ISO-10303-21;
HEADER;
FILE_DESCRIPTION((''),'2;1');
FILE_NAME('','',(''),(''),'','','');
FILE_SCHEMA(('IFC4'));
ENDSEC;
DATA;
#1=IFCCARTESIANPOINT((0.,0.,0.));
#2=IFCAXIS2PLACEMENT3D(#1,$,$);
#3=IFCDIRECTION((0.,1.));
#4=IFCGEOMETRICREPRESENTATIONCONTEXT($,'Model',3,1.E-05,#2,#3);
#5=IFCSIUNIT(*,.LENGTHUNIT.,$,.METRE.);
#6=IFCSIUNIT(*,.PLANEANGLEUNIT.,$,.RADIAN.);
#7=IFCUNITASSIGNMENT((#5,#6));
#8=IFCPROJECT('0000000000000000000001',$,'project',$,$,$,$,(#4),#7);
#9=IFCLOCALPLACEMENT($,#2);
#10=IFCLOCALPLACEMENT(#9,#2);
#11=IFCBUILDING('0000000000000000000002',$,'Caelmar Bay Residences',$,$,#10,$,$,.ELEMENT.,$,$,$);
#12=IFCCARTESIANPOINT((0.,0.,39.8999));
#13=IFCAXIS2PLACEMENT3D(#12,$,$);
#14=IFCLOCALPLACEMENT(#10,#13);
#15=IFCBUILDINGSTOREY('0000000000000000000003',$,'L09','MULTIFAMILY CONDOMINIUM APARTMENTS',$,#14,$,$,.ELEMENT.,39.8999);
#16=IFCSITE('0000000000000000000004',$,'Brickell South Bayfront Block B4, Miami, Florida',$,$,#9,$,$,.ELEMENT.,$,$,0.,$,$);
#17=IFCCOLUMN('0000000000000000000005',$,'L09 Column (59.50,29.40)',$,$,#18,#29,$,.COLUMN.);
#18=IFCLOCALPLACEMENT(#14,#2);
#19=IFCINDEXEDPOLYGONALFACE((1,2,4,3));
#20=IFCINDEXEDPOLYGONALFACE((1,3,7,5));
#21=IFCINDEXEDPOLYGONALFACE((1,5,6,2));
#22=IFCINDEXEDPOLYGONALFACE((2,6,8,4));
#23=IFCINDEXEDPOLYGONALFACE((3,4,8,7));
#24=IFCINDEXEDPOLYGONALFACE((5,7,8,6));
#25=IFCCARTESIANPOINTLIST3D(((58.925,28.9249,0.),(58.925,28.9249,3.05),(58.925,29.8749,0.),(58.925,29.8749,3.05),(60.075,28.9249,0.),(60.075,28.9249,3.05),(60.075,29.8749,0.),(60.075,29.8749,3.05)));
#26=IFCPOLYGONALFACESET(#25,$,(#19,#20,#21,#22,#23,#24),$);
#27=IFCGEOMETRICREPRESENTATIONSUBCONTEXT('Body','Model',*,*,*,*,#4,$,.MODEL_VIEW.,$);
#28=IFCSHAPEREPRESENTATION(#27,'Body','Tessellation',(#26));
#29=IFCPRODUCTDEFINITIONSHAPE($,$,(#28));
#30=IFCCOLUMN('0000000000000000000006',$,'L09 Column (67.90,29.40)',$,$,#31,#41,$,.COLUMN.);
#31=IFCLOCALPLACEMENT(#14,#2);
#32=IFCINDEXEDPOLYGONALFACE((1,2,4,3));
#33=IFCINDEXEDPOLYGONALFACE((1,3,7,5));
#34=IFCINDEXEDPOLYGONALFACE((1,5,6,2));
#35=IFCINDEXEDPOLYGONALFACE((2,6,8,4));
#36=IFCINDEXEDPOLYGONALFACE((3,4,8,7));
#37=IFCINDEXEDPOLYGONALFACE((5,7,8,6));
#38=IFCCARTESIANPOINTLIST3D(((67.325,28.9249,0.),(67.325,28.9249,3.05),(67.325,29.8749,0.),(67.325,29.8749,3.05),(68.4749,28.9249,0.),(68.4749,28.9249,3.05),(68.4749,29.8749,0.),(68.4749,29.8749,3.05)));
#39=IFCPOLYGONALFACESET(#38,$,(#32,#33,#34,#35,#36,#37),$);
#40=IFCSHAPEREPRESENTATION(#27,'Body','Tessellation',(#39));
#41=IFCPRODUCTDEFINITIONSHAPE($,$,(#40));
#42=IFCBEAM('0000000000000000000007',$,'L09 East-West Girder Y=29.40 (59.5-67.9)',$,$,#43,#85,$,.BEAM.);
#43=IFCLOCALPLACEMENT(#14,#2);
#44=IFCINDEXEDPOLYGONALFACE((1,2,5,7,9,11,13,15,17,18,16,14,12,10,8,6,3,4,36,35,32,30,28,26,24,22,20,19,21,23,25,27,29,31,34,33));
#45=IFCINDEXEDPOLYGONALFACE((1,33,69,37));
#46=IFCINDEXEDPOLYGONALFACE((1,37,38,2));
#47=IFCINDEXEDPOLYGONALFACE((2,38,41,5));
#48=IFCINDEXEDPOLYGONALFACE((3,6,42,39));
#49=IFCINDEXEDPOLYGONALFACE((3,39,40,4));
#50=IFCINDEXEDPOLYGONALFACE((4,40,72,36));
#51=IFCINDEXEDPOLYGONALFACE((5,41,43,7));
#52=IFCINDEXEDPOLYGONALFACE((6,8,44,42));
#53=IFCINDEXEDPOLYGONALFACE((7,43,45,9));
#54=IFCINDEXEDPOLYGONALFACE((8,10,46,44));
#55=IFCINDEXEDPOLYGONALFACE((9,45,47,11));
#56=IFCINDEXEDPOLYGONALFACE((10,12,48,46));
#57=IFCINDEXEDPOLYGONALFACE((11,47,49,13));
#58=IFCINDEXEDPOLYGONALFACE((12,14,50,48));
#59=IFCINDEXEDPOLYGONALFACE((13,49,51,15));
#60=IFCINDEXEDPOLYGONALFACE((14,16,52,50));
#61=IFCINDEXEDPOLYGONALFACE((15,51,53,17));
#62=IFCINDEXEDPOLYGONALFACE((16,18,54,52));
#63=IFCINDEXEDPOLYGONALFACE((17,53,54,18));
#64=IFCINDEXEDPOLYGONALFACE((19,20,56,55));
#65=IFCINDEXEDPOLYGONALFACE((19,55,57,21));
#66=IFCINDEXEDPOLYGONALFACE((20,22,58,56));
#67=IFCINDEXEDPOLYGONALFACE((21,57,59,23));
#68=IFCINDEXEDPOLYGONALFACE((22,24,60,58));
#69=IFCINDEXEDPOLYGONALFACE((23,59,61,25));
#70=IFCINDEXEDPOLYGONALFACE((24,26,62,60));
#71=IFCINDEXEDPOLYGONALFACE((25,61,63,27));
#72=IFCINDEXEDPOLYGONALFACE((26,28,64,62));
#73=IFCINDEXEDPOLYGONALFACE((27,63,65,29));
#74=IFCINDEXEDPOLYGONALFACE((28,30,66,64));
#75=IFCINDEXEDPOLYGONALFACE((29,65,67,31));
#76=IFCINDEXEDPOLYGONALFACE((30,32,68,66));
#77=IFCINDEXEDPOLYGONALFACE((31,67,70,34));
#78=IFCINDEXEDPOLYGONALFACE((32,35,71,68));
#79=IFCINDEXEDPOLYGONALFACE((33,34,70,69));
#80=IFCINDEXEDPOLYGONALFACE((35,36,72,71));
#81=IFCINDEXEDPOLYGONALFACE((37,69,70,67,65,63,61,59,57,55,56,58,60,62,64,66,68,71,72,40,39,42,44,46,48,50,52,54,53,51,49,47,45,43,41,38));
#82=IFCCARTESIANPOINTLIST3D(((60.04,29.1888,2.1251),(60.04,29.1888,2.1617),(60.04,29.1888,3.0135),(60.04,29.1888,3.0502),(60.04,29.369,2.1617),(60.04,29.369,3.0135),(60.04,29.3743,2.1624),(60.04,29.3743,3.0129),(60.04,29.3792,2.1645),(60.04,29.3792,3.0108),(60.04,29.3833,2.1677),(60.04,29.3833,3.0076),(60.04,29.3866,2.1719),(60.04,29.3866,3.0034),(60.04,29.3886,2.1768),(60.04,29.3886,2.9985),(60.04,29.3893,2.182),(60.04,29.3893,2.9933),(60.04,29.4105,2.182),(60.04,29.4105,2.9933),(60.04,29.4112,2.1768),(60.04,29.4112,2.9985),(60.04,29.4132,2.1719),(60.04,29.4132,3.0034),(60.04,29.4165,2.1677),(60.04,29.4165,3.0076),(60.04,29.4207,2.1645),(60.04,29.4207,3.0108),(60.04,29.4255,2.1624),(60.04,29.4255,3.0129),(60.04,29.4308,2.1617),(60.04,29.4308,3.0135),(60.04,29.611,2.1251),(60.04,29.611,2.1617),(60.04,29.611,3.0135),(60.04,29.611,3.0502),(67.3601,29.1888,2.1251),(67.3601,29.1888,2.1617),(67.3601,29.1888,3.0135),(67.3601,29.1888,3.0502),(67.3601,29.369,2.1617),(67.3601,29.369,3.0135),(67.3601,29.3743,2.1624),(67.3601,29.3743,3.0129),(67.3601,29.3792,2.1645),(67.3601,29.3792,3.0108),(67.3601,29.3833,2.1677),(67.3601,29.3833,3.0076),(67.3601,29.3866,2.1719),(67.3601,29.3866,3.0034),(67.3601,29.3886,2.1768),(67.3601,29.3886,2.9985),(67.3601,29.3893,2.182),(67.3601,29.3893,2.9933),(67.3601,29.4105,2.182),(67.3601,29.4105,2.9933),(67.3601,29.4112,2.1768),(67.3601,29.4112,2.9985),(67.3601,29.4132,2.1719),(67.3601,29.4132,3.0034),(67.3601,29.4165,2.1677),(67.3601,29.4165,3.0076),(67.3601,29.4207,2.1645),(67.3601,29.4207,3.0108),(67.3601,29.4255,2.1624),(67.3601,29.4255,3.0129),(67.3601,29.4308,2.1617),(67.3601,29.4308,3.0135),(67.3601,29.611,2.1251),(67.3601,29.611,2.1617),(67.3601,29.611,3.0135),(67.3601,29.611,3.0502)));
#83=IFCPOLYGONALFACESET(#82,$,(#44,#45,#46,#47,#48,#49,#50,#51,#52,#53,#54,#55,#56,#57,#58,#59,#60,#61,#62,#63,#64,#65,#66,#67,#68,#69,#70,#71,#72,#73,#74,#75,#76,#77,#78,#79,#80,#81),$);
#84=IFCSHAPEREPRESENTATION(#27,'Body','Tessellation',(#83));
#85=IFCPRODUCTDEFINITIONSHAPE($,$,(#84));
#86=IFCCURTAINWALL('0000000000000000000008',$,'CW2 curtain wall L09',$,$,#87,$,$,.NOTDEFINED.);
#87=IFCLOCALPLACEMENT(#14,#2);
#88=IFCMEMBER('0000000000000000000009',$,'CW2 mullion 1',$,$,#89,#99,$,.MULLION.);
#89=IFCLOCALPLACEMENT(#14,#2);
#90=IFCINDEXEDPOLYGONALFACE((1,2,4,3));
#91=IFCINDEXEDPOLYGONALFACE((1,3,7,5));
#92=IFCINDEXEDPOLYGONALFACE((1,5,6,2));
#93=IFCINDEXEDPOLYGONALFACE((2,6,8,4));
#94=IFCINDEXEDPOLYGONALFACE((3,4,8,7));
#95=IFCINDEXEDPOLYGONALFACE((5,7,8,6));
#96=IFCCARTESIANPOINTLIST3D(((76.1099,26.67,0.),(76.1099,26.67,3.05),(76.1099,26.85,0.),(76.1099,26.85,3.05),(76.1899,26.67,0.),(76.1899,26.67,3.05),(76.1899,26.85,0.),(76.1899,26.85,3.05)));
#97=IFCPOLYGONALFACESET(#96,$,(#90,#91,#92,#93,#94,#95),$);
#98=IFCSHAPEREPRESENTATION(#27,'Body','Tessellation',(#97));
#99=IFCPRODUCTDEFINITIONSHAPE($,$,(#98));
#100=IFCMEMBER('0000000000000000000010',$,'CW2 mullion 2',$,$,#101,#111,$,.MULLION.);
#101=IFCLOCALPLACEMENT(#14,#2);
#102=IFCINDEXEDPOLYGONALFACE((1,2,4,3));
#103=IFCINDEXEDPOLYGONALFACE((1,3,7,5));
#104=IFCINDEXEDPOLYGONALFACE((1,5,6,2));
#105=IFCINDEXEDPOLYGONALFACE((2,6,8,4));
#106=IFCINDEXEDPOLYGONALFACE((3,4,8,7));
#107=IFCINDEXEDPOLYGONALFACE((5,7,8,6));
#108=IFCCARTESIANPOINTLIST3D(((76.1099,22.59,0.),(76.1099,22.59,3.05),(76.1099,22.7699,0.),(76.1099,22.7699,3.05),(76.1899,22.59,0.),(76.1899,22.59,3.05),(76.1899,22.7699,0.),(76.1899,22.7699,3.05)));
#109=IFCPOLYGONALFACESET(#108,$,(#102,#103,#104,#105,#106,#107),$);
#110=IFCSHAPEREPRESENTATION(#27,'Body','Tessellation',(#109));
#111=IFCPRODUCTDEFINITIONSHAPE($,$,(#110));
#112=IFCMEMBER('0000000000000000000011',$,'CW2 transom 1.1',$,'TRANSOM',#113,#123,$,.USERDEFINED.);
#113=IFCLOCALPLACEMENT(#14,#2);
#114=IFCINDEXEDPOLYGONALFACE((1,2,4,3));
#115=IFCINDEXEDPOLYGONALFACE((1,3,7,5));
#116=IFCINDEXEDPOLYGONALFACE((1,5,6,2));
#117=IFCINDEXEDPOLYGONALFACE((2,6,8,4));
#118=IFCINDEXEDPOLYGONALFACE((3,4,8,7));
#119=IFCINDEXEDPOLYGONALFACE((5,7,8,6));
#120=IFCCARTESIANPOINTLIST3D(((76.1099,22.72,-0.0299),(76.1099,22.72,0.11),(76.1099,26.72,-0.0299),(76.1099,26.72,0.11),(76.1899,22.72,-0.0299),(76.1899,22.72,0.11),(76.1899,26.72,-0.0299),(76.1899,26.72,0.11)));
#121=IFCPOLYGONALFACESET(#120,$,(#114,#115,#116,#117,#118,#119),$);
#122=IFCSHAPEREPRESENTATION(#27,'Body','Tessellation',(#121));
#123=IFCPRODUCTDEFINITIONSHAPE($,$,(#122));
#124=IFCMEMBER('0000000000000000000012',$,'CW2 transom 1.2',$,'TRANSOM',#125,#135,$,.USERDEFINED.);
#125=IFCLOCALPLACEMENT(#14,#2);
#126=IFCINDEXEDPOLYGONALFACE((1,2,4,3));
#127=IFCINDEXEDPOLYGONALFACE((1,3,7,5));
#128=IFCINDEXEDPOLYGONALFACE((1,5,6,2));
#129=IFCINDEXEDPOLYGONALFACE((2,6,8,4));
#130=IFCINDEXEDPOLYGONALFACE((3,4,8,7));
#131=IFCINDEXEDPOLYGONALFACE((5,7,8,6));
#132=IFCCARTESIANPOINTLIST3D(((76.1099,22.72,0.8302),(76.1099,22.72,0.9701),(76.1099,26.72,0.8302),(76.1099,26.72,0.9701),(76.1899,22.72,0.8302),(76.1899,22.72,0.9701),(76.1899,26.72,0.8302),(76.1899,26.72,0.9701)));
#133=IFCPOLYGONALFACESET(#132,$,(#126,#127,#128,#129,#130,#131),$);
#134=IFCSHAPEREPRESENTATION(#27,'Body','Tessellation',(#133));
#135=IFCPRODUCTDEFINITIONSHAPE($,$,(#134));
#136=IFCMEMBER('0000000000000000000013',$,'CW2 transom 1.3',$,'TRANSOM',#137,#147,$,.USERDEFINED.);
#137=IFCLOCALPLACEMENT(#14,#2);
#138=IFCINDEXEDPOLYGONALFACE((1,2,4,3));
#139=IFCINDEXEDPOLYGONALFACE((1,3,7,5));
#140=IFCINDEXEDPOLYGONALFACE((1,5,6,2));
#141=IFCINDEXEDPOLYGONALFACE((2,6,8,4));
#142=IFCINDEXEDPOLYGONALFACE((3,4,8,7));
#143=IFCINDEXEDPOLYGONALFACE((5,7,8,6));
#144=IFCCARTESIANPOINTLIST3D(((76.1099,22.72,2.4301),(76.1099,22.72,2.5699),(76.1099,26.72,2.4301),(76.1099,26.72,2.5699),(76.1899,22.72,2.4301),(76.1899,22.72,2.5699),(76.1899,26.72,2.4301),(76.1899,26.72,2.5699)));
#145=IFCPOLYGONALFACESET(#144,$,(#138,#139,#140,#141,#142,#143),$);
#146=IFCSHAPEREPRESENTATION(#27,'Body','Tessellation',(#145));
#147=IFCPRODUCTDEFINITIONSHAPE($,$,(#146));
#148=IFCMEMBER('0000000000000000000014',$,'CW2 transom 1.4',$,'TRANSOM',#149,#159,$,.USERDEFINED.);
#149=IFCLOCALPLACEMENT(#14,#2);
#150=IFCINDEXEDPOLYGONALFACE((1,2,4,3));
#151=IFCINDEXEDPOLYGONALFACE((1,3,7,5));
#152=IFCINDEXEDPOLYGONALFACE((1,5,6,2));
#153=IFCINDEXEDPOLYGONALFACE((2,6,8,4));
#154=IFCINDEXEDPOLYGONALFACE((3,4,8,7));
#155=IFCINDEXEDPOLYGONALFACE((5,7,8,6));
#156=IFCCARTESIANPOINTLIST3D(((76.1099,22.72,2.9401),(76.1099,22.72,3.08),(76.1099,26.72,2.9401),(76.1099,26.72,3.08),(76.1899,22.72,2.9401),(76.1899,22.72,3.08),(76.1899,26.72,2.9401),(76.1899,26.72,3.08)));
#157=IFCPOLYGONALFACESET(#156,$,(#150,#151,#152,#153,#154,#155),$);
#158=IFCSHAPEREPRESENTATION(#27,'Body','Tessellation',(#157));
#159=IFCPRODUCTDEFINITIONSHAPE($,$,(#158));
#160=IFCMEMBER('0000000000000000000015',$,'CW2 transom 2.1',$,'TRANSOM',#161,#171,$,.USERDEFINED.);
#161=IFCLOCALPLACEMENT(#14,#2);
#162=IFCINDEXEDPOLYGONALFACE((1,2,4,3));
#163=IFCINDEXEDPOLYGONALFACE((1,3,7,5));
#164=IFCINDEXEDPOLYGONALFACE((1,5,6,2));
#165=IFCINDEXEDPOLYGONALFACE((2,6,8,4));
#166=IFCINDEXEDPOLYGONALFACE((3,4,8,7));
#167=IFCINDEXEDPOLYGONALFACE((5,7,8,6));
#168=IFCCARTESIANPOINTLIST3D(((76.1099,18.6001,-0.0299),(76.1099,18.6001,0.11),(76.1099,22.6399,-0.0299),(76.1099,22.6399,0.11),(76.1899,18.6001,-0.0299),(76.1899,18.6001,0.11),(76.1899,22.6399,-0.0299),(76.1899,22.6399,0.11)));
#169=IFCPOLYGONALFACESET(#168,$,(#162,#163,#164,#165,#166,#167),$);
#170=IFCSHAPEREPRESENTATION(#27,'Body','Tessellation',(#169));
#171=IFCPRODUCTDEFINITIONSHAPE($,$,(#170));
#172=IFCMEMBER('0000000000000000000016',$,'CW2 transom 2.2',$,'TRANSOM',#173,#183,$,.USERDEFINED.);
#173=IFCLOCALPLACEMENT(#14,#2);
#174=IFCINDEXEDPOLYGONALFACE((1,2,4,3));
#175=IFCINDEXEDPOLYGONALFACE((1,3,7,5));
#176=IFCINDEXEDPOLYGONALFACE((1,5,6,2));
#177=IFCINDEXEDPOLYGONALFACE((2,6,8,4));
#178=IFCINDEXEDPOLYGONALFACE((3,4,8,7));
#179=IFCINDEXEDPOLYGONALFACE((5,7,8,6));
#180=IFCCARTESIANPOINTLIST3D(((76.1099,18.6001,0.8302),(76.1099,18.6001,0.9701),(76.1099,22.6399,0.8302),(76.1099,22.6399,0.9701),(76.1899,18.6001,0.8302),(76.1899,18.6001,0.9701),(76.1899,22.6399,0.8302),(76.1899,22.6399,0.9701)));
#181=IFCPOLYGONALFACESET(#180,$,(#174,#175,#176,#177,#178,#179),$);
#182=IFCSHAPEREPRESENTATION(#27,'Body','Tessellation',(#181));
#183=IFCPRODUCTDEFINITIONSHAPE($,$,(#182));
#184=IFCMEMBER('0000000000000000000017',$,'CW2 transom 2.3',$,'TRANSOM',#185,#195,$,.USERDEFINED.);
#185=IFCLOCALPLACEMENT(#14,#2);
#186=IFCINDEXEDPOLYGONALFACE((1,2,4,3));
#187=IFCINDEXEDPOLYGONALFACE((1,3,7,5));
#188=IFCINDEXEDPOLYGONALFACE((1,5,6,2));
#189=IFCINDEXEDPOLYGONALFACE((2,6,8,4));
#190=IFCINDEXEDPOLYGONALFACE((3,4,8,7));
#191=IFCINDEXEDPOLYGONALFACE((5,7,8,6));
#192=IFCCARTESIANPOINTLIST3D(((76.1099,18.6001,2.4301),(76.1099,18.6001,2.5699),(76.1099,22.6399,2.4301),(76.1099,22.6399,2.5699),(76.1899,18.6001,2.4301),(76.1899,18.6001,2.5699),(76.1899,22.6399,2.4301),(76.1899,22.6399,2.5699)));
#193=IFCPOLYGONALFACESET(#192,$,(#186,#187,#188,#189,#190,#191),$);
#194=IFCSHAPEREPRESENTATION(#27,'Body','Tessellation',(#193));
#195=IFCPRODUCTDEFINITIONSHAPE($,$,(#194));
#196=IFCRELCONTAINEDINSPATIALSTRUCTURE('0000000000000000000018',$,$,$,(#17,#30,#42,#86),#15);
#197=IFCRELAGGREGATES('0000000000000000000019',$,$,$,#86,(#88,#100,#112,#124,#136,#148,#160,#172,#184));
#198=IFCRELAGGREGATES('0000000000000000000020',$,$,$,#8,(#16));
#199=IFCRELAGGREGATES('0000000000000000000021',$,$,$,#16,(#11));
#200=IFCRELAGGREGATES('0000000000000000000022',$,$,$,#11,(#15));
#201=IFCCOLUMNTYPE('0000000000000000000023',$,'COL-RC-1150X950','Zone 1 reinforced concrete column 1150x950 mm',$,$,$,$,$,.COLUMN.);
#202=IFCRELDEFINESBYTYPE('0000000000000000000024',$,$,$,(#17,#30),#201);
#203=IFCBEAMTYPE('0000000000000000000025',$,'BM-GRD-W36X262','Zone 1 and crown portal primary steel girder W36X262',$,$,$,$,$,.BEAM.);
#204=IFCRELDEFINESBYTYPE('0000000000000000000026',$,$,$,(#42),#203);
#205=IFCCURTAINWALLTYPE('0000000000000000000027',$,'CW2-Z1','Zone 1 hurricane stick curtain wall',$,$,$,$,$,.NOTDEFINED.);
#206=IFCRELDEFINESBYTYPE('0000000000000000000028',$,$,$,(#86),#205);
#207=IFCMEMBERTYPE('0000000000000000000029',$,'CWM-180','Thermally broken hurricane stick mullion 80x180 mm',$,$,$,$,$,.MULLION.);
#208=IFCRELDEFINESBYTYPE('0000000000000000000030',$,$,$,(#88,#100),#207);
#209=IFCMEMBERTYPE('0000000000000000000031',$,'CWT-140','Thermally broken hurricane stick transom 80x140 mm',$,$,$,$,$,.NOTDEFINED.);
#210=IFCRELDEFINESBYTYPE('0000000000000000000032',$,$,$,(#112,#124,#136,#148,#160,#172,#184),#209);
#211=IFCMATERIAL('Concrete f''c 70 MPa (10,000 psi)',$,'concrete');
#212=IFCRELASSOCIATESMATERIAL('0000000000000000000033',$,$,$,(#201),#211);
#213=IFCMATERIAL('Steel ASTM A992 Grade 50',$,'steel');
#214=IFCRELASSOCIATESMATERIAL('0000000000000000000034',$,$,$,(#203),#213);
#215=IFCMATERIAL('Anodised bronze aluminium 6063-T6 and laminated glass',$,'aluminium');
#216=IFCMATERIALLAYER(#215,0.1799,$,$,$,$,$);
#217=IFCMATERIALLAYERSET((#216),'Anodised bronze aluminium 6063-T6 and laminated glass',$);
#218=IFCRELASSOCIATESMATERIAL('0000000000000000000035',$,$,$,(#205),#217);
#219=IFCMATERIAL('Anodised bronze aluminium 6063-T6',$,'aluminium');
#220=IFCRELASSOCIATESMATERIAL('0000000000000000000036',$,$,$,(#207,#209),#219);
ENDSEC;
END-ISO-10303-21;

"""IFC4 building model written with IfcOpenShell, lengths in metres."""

from ifc_helpers import new_model, si_unit, direction, frame, origin, origin_2d, place, context, subcontext, project, spatial, rectangle, i_section, extrude, material, layer, layer_set, material_profile, profile_set, type_object, element, aggregate, save


model = new_model("IFC4")

# Units and contexts
model_context = context("Model", 3, precision=1e-05, world=origin(), true_north=direction((0.0, 1.0)))
body_context = subcontext(model_context, "Body", "Model", "MODEL_VIEW")
ifc_project = project(units=[si_unit("LENGTHUNIT", "METRE"), si_unit("PLANEANGLEUNIT", "RADIAN")], contexts=[model_context])

# Site, building, storey
site_placement = place(None, origin())
site = spatial("IfcSite", under=ifc_project, at=site_placement, Name="Brickell South Bayfront Block B4, Miami, Florida", CompositionType="ELEMENT", RefElevation=0.0)
building_placement = place(site_placement, origin())
building = spatial("IfcBuilding", under=site, at=building_placement, Name="Caelmar Bay Residences", CompositionType="ELEMENT")
storey_placement = place(building_placement, frame((0.0, 0.0, 39.8999)))
storey = spatial("IfcBuildingStorey", under=building, at=storey_placement, Name="L09", Description="MULTIFAMILY CONDOMINIUM APARTMENTS", CompositionType="ELEMENT", Elevation=39.8999)

# Columns
ifc_material_1 = material(Name="Concrete f'c 70 MPa (10,000 psi)", Category="concrete")
ifc_material_profile_1 = material_profile(ifc_material_1, rectangle(XDim=1.1499, YDim=0.95, at=origin_2d()), Name="RC-COL-1150X950")
ifc_profile_set_1 = profile_set([ifc_material_profile_1], Name="Concrete f'c 70 MPa (10,000 psi)")
column_type = type_object("IfcColumnType", Name="COL-RC-1150X950", Description="Zone 1 reinforced concrete column 1150x950 mm", PredefinedType="COLUMN", material=ifc_profile_set_1)
for number, where, z_axis, x_axis, name in (
    (1, (59.5, 29.3999, 0.0), (0.0, 0.0, 1.0), (1.0, 0.0, 0.0), "L09 Column (59.50,29.40)"),
    (2, (67.8999, 29.3999, 0.0), (0.0, 0.0, 1.0), (1.0, 0.0, 0.0), "L09 Column (67.90,29.40)"),
):
    element("IfcColumn", number, at=place(storey_placement, frame(where, z_axis=z_axis, x_axis=x_axis)), inside=storey, type_object=column_type, Name=name, PredefinedType="COLUMN", context=body_context, shape_type="SweptSolid", body=[
        extrude(rectangle(XDim=1.1499, YDim=0.95, at=origin_2d()), origin(), (0.0, 0.0, 1.0), 3.05),
    ])

# Beam
ifc_material_2 = material(Name="Steel ASTM A992 Grade 50", Category="steel")
ifc_material_profile_2 = material_profile(ifc_material_2, i_section(OverallWidth=0.4221, OverallDepth=0.925, WebThickness=0.0212, FlangeThickness=0.0366, FilletRadius=0.0203, at=origin_2d()), Name="W36X262")
ifc_profile_set_2 = profile_set([ifc_material_profile_2], Name="Steel ASTM A992 Grade 50")
beam_type = type_object("IfcBeamType", Name="BM-GRD-W36X262", Description="Zone 1 and crown portal primary steel girder W36X262", PredefinedType="BEAM", material=ifc_profile_set_2)
beam_placement = place(storey_placement, frame((60.04, 29.3999, 2.5876), z_axis=(1.0, 0.0, 0.0), x_axis=(0.0, 1.0, 0.0)))
element("IfcBeam", 3, at=beam_placement, inside=storey, type_object=beam_type, Name="L09 East-West Girder Y=29.40 (59.5-67.9)", PredefinedType="BEAM", context=body_context, shape_type="SweptSolid", body=[
    extrude(i_section(OverallWidth=0.4221, OverallDepth=0.925, WebThickness=0.0212, FlangeThickness=0.0366, FilletRadius=0.0203, at=origin_2d()), origin(), (0.0, 0.0, 1.0), 7.3201),
])

# Curtain wall, members
ifc_material_3 = material(Name="Anodised bronze aluminium 6063-T6 and laminated glass", Category="aluminium")
ifc_layer_1 = layer(ifc_material_3, 0.1799)
ifc_layer_set_1 = layer_set([ifc_layer_1], Name="Anodised bronze aluminium 6063-T6 and laminated glass")
curtain_wall_type = type_object("IfcCurtainWallType", Name="CW2-Z1", Description="Zone 1 hurricane stick curtain wall", PredefinedType="NOTDEFINED", material=ifc_layer_set_1)
curtain_wall_placement = place(storey_placement, origin())
curtain_wall = element("IfcCurtainWall", 4, at=curtain_wall_placement, inside=storey, type_object=curtain_wall_type, Name="CW2 curtain wall L09", PredefinedType="NOTDEFINED")
ifc_material_4 = material(Name="Anodised bronze aluminium 6063-T6", Category="aluminium")
ifc_material_profile_3 = material_profile(ifc_material_4, rectangle(XDim=0.0801, YDim=0.1799, at=origin_2d()), Name="CWM-80X180")
ifc_profile_set_3 = profile_set([ifc_material_profile_3], Name="Anodised bronze aluminium 6063-T6")
member_type_1 = type_object("IfcMemberType", Name="CWM-180", Description="Thermally broken hurricane stick mullion 80x180 mm", PredefinedType="MULLION", material=ifc_profile_set_3)
member_1_placement = place(storey_placement, frame((76.1499, 26.76, 0.0), z_axis=(0.0, 0.0, 1.0), x_axis=(1.0, 0.0, 0.0)))
member_1 = element("IfcMember", 5, at=member_1_placement, type_object=member_type_1, Name="CW2 mullion 1", PredefinedType="MULLION", context=body_context, shape_type="SweptSolid", body=[
    extrude(rectangle(XDim=0.0801, YDim=0.1799, at=origin_2d()), origin(), (0.0, 0.0, 1.0), 3.05),
])
member_2_placement = place(storey_placement, frame((76.1499, 22.6799, 0.0), z_axis=(0.0, 0.0, 1.0), x_axis=(1.0, 0.0, 0.0)))
member_2 = element("IfcMember", 6, at=member_2_placement, type_object=member_type_1, Name="CW2 mullion 2", PredefinedType="MULLION", context=body_context, shape_type="SweptSolid", body=[
    extrude(rectangle(XDim=0.0801, YDim=0.1799, at=origin_2d()), origin(), (0.0, 0.0, 1.0), 3.05),
])
ifc_material_profile_4 = material_profile(ifc_material_4, rectangle(XDim=0.0801, YDim=0.1399, at=origin_2d()), Name="CWT-80X140")
ifc_profile_set_4 = profile_set([ifc_material_profile_4], Name="Anodised bronze aluminium 6063-T6")
member_type_2 = type_object("IfcMemberType", Name="CWT-140", Description="Thermally broken hurricane stick transom 80x140 mm", PredefinedType="NOTDEFINED", material=ifc_profile_set_4)
member_3_placement = place(storey_placement, frame((76.1499, 26.72, 0.04), z_axis=(0.0, -1.0, 0.0), x_axis=(1.0, 0.0, 0.0)))
member_3 = element("IfcMember", 7, at=member_3_placement, type_object=member_type_2, Name="CW2 transom 1.1", ObjectType="TRANSOM", PredefinedType="USERDEFINED", context=body_context, shape_type="SweptSolid", body=[
    extrude(rectangle(XDim=0.0801, YDim=0.1399, at=origin_2d()), origin(), (0.0, 0.0, 1.0), 4.0),
])
member_4_placement = place(storey_placement, frame((76.1499, 26.72, 0.9001), z_axis=(0.0, -1.0, 0.0), x_axis=(1.0, 0.0, 0.0)))
member_4 = element("IfcMember", 8, at=member_4_placement, type_object=member_type_2, Name="CW2 transom 1.2", ObjectType="TRANSOM", PredefinedType="USERDEFINED", context=body_context, shape_type="SweptSolid", body=[
    extrude(rectangle(XDim=0.0801, YDim=0.1399, at=origin_2d()), origin(), (0.0, 0.0, 1.0), 4.0),
])
member_5_placement = place(storey_placement, frame((76.1499, 26.72, 2.5), z_axis=(0.0, -1.0, 0.0), x_axis=(1.0, 0.0, 0.0)))
member_5 = element("IfcMember", 9, at=member_5_placement, type_object=member_type_2, Name="CW2 transom 1.3", ObjectType="TRANSOM", PredefinedType="USERDEFINED", context=body_context, shape_type="SweptSolid", body=[
    extrude(rectangle(XDim=0.0801, YDim=0.1399, at=origin_2d()), origin(), (0.0, 0.0, 1.0), 4.0),
])
member_6_placement = place(storey_placement, frame((76.1499, 26.72, 3.01), z_axis=(0.0, -1.0, 0.0), x_axis=(1.0, 0.0, 0.0)))
member_6 = element("IfcMember", 10, at=member_6_placement, type_object=member_type_2, Name="CW2 transom 1.4", ObjectType="TRANSOM", PredefinedType="USERDEFINED", context=body_context, shape_type="SweptSolid", body=[
    extrude(rectangle(XDim=0.0801, YDim=0.1399, at=origin_2d()), origin(), (0.0, 0.0, 1.0), 4.0),
])
member_7_placement = place(storey_placement, frame((76.1499, 22.6399, 0.04), z_axis=(0.0, -1.0, 0.0), x_axis=(1.0, 0.0, 0.0)))
member_7 = element("IfcMember", 11, at=member_7_placement, type_object=member_type_2, Name="CW2 transom 2.1", ObjectType="TRANSOM", PredefinedType="USERDEFINED", context=body_context, shape_type="SweptSolid", body=[
    extrude(rectangle(XDim=0.0801, YDim=0.1399, at=origin_2d()), origin(), (0.0, 0.0, 1.0), 4.0398),
])
member_8_placement = place(storey_placement, frame((76.1499, 22.6399, 0.9001), z_axis=(0.0, -1.0, 0.0), x_axis=(1.0, 0.0, 0.0)))
member_8 = element("IfcMember", 12, at=member_8_placement, type_object=member_type_2, Name="CW2 transom 2.2", ObjectType="TRANSOM", PredefinedType="USERDEFINED", context=body_context, shape_type="SweptSolid", body=[
    extrude(rectangle(XDim=0.0801, YDim=0.1399, at=origin_2d()), origin(), (0.0, 0.0, 1.0), 4.0398),
])
member_9_placement = place(storey_placement, frame((76.1499, 22.6399, 2.5), z_axis=(0.0, -1.0, 0.0), x_axis=(1.0, 0.0, 0.0)))
member_9 = element("IfcMember", 13, at=member_9_placement, type_object=member_type_2, Name="CW2 transom 2.3", ObjectType="TRANSOM", PredefinedType="USERDEFINED", context=body_context, shape_type="SweptSolid", body=[
    extrude(rectangle(XDim=0.0801, YDim=0.1399, at=origin_2d()), origin(), (0.0, 0.0, 1.0), 4.0398),
])
aggregate(curtain_wall, [member_1, member_2, member_3, member_4, member_5, member_6, member_7, member_8, member_9])

save(model, "model.ifc")
